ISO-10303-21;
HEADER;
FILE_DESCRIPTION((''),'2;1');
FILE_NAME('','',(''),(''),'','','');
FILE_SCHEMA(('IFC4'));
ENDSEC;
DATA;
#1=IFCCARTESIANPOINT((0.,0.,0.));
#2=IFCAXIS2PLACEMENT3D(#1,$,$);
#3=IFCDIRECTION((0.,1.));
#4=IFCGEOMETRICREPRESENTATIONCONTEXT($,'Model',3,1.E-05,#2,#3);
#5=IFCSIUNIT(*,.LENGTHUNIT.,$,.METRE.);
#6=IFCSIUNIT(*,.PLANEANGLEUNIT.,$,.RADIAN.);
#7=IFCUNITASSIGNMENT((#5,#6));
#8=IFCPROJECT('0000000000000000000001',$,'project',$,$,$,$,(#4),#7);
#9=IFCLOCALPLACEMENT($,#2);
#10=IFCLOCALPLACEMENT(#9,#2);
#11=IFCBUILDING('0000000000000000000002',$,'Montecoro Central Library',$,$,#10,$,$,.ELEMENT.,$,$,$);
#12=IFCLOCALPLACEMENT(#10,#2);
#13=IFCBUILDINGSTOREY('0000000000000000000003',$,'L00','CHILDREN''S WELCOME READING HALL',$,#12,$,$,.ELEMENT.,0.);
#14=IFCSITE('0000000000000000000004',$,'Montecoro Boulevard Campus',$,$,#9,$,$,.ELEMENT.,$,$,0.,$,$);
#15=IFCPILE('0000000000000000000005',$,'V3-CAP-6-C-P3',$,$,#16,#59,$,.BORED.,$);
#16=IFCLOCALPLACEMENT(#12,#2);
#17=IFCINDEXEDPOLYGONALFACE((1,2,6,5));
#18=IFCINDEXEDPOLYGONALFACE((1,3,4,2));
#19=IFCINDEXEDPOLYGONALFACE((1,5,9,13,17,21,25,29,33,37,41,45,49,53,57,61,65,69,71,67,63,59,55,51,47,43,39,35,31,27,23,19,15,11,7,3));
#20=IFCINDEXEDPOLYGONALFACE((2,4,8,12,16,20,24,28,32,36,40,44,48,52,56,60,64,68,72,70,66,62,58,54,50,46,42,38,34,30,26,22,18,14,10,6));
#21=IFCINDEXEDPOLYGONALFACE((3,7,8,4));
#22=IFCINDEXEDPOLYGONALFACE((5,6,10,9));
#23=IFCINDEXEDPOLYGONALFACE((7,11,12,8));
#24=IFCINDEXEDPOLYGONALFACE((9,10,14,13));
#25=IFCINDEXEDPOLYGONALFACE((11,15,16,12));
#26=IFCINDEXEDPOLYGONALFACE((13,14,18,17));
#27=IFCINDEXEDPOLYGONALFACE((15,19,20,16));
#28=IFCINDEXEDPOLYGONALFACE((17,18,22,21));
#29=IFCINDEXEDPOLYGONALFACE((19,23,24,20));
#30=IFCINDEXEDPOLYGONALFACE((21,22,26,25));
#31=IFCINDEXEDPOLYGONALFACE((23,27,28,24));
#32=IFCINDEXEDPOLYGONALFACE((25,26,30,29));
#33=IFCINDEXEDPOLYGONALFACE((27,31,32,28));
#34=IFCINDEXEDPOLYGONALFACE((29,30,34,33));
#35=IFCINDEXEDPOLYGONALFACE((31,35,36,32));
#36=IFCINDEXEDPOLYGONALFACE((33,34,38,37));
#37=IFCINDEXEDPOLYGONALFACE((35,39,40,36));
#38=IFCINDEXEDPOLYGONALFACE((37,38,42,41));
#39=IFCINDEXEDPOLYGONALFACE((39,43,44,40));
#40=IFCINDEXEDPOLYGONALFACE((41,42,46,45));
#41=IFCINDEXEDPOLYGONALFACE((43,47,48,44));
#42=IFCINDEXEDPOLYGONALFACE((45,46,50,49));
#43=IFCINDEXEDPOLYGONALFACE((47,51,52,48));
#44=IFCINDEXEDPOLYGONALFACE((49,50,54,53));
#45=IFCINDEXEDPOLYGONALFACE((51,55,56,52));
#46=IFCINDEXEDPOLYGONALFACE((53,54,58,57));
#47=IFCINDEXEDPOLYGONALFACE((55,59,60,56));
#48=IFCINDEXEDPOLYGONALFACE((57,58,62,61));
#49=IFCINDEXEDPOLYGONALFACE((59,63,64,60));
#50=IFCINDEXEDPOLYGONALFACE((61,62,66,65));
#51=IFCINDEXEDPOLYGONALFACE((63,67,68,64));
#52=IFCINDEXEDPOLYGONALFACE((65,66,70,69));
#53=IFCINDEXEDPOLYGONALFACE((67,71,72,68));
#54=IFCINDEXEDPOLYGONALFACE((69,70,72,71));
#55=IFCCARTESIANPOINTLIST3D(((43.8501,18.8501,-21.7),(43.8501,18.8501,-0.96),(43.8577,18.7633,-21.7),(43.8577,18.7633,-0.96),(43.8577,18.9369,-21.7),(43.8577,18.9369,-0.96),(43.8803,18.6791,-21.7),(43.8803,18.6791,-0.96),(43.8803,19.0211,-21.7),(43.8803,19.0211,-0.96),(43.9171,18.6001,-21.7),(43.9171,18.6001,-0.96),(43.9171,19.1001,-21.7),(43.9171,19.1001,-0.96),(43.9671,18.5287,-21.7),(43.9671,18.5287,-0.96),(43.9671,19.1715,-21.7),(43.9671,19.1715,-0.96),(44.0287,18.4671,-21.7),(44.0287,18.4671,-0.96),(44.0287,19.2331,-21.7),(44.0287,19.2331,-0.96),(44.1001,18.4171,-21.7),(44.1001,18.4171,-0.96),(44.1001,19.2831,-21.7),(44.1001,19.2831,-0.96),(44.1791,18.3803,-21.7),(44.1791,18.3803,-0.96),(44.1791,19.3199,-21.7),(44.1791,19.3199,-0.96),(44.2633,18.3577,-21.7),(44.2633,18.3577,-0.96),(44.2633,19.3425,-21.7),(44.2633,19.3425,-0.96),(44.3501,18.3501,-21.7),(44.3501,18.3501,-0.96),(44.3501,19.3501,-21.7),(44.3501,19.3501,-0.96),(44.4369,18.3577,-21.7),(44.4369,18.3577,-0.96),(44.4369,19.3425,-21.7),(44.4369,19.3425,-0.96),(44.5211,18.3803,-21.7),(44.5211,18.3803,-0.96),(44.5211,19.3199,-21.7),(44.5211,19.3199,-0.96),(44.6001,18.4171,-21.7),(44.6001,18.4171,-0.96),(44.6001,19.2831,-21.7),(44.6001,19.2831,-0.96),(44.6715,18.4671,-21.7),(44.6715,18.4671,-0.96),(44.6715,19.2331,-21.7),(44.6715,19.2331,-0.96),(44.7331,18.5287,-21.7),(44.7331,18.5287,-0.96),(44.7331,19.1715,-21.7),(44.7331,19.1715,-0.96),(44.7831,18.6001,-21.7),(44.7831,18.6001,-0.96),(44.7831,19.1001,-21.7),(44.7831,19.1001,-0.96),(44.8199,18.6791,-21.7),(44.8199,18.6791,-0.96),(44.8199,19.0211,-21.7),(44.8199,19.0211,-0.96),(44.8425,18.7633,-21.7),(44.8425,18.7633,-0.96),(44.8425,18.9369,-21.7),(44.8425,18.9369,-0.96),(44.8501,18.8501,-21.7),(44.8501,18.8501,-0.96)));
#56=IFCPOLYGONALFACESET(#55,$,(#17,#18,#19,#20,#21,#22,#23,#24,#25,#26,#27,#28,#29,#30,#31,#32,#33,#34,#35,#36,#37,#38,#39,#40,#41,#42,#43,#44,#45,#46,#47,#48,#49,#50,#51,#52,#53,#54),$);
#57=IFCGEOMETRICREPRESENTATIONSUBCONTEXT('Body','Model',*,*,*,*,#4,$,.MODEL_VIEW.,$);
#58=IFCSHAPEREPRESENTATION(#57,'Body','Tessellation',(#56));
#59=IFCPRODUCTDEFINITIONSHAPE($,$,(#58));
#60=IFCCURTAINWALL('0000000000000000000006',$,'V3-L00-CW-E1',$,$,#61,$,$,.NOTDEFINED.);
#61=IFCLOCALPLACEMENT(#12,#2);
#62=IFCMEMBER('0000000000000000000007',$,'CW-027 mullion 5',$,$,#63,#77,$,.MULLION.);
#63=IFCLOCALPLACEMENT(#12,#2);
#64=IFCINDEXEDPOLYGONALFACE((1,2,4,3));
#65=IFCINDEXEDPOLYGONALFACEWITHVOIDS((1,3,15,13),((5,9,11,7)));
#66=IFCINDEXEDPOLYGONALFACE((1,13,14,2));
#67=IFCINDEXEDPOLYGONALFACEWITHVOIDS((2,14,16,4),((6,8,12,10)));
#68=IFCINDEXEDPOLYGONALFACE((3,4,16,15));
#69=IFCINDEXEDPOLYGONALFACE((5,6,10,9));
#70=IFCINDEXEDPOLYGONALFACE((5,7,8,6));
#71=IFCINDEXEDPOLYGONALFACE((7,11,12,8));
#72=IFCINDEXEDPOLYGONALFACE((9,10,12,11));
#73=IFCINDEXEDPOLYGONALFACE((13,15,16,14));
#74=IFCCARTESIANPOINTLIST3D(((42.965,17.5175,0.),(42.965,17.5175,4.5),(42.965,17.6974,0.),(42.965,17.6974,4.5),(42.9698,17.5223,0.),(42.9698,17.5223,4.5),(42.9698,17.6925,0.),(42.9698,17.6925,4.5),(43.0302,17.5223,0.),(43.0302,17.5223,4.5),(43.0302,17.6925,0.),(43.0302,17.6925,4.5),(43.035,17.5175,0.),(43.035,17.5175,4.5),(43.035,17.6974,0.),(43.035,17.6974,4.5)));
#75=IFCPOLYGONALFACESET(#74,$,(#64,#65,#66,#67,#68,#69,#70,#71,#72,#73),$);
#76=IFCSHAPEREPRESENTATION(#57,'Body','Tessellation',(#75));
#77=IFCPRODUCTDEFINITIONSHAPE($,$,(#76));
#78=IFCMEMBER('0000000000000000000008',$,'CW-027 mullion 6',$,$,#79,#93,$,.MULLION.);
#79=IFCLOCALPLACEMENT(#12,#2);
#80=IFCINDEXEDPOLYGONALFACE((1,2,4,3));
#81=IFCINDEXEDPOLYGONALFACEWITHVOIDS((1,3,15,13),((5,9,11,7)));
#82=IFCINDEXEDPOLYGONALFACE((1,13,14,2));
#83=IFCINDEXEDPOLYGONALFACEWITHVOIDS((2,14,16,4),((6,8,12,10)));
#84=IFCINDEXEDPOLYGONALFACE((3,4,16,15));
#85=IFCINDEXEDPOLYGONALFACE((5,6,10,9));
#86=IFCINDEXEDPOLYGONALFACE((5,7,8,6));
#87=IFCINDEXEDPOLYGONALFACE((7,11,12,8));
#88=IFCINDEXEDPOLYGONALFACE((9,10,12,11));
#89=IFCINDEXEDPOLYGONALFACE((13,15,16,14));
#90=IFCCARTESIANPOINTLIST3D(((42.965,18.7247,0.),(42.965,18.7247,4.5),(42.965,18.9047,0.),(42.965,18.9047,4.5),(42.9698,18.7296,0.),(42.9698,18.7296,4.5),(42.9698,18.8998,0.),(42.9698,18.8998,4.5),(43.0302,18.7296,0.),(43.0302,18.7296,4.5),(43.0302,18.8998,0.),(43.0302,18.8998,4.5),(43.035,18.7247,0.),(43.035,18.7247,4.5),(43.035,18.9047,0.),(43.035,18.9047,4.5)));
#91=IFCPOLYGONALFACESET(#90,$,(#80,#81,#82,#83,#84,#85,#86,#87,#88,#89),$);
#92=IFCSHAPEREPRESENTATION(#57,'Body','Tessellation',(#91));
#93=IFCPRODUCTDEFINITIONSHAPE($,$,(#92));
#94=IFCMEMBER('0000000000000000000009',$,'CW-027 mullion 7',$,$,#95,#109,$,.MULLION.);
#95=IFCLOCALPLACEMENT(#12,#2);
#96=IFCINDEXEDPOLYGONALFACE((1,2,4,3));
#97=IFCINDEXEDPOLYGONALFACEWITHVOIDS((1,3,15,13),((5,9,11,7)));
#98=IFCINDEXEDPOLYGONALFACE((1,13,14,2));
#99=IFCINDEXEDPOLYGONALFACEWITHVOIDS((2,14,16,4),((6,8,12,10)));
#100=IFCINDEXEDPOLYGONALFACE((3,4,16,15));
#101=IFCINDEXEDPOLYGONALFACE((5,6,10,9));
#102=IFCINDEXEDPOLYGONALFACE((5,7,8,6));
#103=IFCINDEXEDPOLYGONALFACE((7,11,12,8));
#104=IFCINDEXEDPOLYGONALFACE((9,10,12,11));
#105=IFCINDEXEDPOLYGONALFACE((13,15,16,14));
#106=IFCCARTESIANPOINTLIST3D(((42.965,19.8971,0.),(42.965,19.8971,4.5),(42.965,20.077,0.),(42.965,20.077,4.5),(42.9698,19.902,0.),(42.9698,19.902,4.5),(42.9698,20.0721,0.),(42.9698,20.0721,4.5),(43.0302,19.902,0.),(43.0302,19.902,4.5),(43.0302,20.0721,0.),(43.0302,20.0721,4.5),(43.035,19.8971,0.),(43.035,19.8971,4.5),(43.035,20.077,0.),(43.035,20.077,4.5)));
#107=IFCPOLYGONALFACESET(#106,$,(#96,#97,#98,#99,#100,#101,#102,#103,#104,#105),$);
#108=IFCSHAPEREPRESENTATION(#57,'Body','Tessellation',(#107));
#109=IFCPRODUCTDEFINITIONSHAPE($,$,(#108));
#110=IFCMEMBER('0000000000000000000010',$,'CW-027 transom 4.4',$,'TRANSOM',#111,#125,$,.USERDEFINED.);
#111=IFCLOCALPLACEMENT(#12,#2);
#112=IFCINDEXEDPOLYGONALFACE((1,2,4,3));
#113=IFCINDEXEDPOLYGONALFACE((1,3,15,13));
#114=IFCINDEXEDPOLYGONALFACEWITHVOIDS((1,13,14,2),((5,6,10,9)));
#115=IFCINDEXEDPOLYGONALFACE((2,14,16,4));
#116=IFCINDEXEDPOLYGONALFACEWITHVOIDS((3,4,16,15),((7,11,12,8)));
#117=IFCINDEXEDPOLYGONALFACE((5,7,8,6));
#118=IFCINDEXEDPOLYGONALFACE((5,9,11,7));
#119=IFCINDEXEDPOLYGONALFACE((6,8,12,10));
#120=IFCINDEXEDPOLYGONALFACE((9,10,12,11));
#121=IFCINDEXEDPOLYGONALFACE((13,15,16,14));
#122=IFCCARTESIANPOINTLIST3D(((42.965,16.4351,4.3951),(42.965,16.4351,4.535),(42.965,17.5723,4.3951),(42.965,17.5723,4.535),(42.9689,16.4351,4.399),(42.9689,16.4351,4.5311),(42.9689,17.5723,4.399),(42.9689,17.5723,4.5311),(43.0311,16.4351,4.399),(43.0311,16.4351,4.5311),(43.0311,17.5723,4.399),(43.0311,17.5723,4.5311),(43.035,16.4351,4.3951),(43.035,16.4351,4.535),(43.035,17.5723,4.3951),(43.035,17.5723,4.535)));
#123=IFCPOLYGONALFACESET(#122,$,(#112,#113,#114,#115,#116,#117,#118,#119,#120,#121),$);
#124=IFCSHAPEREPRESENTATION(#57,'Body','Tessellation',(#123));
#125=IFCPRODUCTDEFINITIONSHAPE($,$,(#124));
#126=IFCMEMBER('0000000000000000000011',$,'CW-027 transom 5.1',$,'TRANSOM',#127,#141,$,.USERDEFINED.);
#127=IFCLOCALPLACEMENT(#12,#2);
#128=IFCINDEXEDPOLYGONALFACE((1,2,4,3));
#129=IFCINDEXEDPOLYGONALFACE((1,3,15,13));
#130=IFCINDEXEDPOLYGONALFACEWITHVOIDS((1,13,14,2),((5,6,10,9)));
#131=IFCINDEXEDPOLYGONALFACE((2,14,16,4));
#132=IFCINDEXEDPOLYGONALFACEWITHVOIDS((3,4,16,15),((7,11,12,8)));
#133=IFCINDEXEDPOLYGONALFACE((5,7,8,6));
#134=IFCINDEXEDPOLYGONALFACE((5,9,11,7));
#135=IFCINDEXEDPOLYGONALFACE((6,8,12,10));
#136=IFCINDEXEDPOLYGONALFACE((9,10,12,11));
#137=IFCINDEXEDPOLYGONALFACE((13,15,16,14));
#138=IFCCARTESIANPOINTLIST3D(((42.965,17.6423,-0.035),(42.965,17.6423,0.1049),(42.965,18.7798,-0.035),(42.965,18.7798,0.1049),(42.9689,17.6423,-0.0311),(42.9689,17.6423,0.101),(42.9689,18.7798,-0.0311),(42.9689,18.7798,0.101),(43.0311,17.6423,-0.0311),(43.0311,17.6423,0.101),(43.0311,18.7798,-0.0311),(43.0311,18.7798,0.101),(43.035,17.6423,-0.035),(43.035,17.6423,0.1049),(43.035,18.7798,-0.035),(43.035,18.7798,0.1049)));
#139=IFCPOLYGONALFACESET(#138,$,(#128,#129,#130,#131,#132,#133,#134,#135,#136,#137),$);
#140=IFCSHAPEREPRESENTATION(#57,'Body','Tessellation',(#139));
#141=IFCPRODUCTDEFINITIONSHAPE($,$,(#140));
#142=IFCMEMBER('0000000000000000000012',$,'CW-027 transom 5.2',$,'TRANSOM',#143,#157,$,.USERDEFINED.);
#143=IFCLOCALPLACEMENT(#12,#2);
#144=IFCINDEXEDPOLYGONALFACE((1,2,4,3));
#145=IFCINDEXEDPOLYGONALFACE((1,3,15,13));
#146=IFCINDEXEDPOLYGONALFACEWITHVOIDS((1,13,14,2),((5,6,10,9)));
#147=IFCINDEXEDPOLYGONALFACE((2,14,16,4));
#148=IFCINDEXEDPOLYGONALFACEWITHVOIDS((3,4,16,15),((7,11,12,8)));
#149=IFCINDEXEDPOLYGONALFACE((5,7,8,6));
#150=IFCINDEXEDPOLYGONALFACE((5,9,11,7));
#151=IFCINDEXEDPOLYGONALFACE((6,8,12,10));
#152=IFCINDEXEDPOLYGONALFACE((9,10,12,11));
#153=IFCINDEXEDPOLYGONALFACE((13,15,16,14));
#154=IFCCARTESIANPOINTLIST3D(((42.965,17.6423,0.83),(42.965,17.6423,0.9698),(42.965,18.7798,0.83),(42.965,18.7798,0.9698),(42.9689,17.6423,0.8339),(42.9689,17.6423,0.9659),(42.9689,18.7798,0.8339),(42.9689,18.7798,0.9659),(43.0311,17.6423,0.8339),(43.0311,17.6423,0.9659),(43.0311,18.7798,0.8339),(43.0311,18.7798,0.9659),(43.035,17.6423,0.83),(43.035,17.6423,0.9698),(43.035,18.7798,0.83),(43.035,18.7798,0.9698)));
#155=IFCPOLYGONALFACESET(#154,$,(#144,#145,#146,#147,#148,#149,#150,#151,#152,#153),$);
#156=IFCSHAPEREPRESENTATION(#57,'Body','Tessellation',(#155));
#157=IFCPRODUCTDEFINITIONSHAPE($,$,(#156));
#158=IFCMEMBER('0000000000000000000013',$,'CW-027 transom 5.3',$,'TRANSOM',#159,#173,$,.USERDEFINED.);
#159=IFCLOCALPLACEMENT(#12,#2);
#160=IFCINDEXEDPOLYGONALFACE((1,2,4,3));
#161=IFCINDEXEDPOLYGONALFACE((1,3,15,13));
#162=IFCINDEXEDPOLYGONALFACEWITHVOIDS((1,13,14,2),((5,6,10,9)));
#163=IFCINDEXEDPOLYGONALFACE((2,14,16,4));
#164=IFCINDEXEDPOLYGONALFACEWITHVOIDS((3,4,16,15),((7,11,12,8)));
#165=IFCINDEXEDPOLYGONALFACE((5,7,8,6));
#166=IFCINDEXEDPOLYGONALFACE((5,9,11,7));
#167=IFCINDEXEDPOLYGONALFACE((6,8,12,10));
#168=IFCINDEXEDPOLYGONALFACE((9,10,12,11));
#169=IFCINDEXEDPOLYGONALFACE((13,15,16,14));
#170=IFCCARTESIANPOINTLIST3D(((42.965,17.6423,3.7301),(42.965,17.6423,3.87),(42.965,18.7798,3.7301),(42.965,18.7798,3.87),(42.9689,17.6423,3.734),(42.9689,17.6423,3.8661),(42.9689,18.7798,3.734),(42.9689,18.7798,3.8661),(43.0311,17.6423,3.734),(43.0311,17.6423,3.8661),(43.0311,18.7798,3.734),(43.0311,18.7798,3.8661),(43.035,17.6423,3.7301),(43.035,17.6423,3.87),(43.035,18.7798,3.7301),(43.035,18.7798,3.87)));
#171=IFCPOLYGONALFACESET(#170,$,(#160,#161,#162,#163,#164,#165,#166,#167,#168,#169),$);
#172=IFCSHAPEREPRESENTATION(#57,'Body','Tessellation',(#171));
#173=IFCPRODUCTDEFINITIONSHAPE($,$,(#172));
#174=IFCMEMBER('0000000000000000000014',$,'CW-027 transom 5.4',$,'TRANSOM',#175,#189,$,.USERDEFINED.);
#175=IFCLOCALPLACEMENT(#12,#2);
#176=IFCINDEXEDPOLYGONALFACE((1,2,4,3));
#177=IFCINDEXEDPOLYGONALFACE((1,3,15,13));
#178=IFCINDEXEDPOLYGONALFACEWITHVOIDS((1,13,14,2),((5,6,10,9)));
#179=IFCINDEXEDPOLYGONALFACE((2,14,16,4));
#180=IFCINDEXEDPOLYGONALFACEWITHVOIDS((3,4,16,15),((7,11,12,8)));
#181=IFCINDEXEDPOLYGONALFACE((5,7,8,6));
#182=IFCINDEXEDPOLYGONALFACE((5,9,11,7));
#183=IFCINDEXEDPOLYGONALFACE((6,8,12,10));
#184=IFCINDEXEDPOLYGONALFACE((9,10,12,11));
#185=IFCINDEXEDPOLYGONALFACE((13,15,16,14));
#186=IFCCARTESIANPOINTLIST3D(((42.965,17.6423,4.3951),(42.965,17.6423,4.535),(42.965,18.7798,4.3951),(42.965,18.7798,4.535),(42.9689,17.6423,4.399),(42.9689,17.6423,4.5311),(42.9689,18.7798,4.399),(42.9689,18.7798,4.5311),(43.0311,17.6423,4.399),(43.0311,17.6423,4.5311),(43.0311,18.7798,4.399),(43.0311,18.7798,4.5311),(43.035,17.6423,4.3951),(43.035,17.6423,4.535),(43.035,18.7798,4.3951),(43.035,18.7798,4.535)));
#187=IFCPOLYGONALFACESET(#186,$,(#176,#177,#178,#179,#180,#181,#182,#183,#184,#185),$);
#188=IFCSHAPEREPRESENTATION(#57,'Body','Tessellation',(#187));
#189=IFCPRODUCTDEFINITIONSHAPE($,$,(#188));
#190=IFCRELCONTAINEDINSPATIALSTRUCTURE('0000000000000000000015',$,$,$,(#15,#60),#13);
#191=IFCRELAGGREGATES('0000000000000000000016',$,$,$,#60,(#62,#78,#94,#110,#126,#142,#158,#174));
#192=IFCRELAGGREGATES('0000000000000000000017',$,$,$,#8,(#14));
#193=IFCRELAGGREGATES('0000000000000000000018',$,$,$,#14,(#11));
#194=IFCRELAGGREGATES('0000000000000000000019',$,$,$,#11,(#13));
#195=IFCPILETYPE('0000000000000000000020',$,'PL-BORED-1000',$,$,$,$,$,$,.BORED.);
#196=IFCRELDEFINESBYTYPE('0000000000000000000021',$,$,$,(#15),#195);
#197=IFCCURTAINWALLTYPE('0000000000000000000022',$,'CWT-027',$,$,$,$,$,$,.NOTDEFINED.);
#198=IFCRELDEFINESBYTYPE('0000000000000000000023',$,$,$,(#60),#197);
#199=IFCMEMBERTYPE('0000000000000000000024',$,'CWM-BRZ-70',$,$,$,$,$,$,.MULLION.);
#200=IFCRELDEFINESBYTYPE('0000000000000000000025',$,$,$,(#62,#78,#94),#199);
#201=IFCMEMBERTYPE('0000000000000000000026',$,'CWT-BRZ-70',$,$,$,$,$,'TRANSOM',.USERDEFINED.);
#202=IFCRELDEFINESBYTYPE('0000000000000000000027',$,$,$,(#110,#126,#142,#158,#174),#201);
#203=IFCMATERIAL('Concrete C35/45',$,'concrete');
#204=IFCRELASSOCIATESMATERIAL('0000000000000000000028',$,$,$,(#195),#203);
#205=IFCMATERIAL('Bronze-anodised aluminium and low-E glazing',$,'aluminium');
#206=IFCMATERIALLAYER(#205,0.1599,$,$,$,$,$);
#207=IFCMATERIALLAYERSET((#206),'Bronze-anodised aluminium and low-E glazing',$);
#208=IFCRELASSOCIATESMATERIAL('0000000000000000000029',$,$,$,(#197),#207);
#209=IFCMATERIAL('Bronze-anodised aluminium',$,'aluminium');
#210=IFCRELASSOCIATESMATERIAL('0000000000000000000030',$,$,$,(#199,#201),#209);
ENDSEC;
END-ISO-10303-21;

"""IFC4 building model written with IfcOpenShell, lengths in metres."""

from ifc_helpers import new_model, si_unit, direction, frame, origin, origin_2d, place, context, subcontext, project, spatial, hollow_rectangle, circle, extrude, material, layer, layer_set, material_profile, profile_set, type_object, element, aggregate, save


model = new_model("IFC4")

# Units and contexts
model_context = context("Model", 3, precision=1e-05, world=origin(), true_north=direction((0.0, 1.0)))
body_context = subcontext(model_context, "Body", "Model", "MODEL_VIEW")
ifc_project = project(units=[si_unit("LENGTHUNIT", "METRE"), si_unit("PLANEANGLEUNIT", "RADIAN")], contexts=[model_context])

# Site, building, storey
site_placement = place(None, origin())
site = spatial("IfcSite", under=ifc_project, at=site_placement, Name="Montecoro Boulevard Campus", CompositionType="ELEMENT", RefElevation=0.0)
building_placement = place(site_placement, origin())
building = spatial("IfcBuilding", under=site, at=building_placement, Name="Montecoro Central Library", CompositionType="ELEMENT")
storey_placement = place(building_placement, origin())
storey = spatial("IfcBuildingStorey", under=building, at=storey_placement, Name="L00", Description="CHILDREN'S WELCOME READING HALL", CompositionType="ELEMENT", Elevation=0.0)

# Pile
ifc_material_1 = material(Name="Concrete C35/45", Category="concrete")
ifc_material_profile_1 = material_profile(ifc_material_1, circle(Radius=0.5, at=origin_2d()), Name="PILE D1000")
ifc_profile_set_1 = profile_set([ifc_material_profile_1], Name="Concrete C35/45")
pile_type = type_object("IfcPileType", Name="PL-BORED-1000", PredefinedType="BORED", material=ifc_profile_set_1)
pile_placement = place(storey_placement, frame((44.3501, 18.8501, -0.96), z_axis=(0.0, 0.0, -1.0), x_axis=(1.0, 0.0, 0.0)))
element("IfcPile", 1, at=pile_placement, inside=storey, type_object=pile_type, Name="V3-CAP-6-C-P3", PredefinedType="BORED", context=body_context, shape_type="SweptSolid", body=[
    extrude(circle(Radius=0.5, at=origin_2d()), origin(), (0.0, 0.0, 1.0), 20.74),
])

# Curtain wall, members
ifc_material_2 = material(Name="Bronze-anodised aluminium and low-E glazing", Category="aluminium")
ifc_layer_1 = layer(ifc_material_2, 0.1599)
ifc_layer_set_1 = layer_set([ifc_layer_1], Name="Bronze-anodised aluminium and low-E glazing")
curtain_wall_type = type_object("IfcCurtainWallType", Name="CWT-027", PredefinedType="NOTDEFINED", material=ifc_layer_set_1)
curtain_wall_placement = place(storey_placement, origin())
curtain_wall = element("IfcCurtainWall", 2, at=curtain_wall_placement, inside=storey, type_object=curtain_wall_type, Name="V3-L00-CW-E1", PredefinedType="NOTDEFINED")
ifc_material_3 = material(Name="Bronze-anodised aluminium", Category="aluminium")
ifc_material_profile_2 = material_profile(ifc_material_3, hollow_rectangle(XDim=0.0701, YDim=0.1799, WallThickness=0.0049, at=origin_2d()), Name="CWM 180x70x5.0")
ifc_profile_set_2 = profile_set([ifc_material_profile_2], Name="Bronze-anodised aluminium")
member_type_1 = type_object("IfcMemberType", Name="CWM-BRZ-70", PredefinedType="MULLION", material=ifc_profile_set_2)
member_1_placement = place(storey_placement, frame((43.0, 17.6074, 0.0), z_axis=(0.0, 0.0, 1.0), x_axis=(-1.0, 0.0, 0.0)))
member_1 = element("IfcMember", 3, at=member_1_placement, type_object=member_type_1, Name="CW-027 mullion 5", PredefinedType="MULLION", context=body_context, shape_type="SweptSolid", body=[
    extrude(hollow_rectangle(XDim=0.0701, YDim=0.1799, WallThickness=0.0049, at=origin_2d()), origin(), (0.0, 0.0, 1.0), 4.5),
])
member_2_placement = place(storey_placement, frame((43.0, 18.8147, 0.0), z_axis=(0.0, 0.0, 1.0), x_axis=(-1.0, 0.0, 0.0)))
member_2 = element("IfcMember", 4, at=member_2_placement, type_object=member_type_1, Name="CW-027 mullion 6", PredefinedType="MULLION", context=body_context, shape_type="SweptSolid", body=[
    extrude(hollow_rectangle(XDim=0.0701, YDim=0.1799, WallThickness=0.0049, at=origin_2d()), origin(), (0.0, 0.0, 1.0), 4.5),
])
member_3_placement = place(storey_placement, frame((43.0, 19.9871, 0.0), z_axis=(0.0, 0.0, 1.0), x_axis=(-1.0, 0.0, 0.0)))
member_3 = element("IfcMember", 5, at=member_3_placement, type_object=member_type_1, Name="CW-027 mullion 7", PredefinedType="MULLION", context=body_context, shape_type="SweptSolid", body=[
    extrude(hollow_rectangle(XDim=0.0701, YDim=0.1799, WallThickness=0.0049, at=origin_2d()), origin(), (0.0, 0.0, 1.0), 4.5),
])
ifc_material_profile_3 = material_profile(ifc_material_3, hollow_rectangle(XDim=0.0701, YDim=0.1399, WallThickness=0.0039, at=origin_2d()), Name="CWT 140x70x4.0")
ifc_profile_set_3 = profile_set([ifc_material_profile_3], Name="Bronze-anodised aluminium")
member_type_2 = type_object("IfcMemberType", Name="CWT-BRZ-70", ElementType="TRANSOM", PredefinedType="USERDEFINED", material=ifc_profile_set_3)
member_4_placement = place(storey_placement, frame((43.0, 16.4351, 4.4651), z_axis=(0.0, 1.0, 0.0), x_axis=(-1.0, 0.0, 0.0)))
member_4 = element("IfcMember", 6, at=member_4_placement, type_object=member_type_2, Name="CW-027 transom 4.4", ObjectType="TRANSOM", PredefinedType="USERDEFINED", context=body_context, shape_type="SweptSolid", body=[
    extrude(hollow_rectangle(XDim=0.0701, YDim=0.1399, WallThickness=0.0039, at=origin_2d()), origin(), (0.0, 0.0, 1.0), 1.1372),
])
member_5_placement = place(storey_placement, frame((43.0, 17.6423, 0.0349), z_axis=(0.0, 1.0, 0.0), x_axis=(-1.0, 0.0, 0.0)))
member_5 = element("IfcMember", 7, at=member_5_placement, type_object=member_type_2, Name="CW-027 transom 5.1", ObjectType="TRANSOM", PredefinedType="USERDEFINED", context=body_context, shape_type="SweptSolid", body=[
    extrude(hollow_rectangle(XDim=0.0701, YDim=0.1399, WallThickness=0.0039, at=origin_2d()), origin(), (0.0, 0.0, 1.0), 1.1375),
])
member_6_placement = place(storey_placement, frame((43.0, 17.6423, 0.8999), z_axis=(0.0, 1.0, 0.0), x_axis=(-1.0, 0.0, 0.0)))
member_6 = element("IfcMember", 8, at=member_6_placement, type_object=member_type_2, Name="CW-027 transom 5.2", ObjectType="TRANSOM", PredefinedType="USERDEFINED", context=body_context, shape_type="SweptSolid", body=[
    extrude(hollow_rectangle(XDim=0.0701, YDim=0.1399, WallThickness=0.0039, at=origin_2d()), origin(), (0.0, 0.0, 1.0), 1.1375),
])
member_7_placement = place(storey_placement, frame((43.0, 17.6423, 3.8), z_axis=(0.0, 1.0, 0.0), x_axis=(-1.0, 0.0, 0.0)))
member_7 = element("IfcMember", 9, at=member_7_placement, type_object=member_type_2, Name="CW-027 transom 5.3", ObjectType="TRANSOM", PredefinedType="USERDEFINED", context=body_context, shape_type="SweptSolid", body=[
    extrude(hollow_rectangle(XDim=0.0701, YDim=0.1399, WallThickness=0.0039, at=origin_2d()), origin(), (0.0, 0.0, 1.0), 1.1375),
])
member_8_placement = place(storey_placement, frame((43.0, 17.6423, 4.4651), z_axis=(0.0, 1.0, 0.0), x_axis=(-1.0, 0.0, 0.0)))
member_8 = element("IfcMember", 10, at=member_8_placement, type_object=member_type_2, Name="CW-027 transom 5.4", ObjectType="TRANSOM", PredefinedType="USERDEFINED", context=body_context, shape_type="SweptSolid", body=[
    extrude(hollow_rectangle(XDim=0.0701, YDim=0.1399, WallThickness=0.0039, at=origin_2d()), origin(), (0.0, 0.0, 1.0), 1.1375),
])
aggregate(curtain_wall, [member_1, member_2, member_3, member_4, member_5, member_6, member_7, member_8])

save(model, "model.ifc")
